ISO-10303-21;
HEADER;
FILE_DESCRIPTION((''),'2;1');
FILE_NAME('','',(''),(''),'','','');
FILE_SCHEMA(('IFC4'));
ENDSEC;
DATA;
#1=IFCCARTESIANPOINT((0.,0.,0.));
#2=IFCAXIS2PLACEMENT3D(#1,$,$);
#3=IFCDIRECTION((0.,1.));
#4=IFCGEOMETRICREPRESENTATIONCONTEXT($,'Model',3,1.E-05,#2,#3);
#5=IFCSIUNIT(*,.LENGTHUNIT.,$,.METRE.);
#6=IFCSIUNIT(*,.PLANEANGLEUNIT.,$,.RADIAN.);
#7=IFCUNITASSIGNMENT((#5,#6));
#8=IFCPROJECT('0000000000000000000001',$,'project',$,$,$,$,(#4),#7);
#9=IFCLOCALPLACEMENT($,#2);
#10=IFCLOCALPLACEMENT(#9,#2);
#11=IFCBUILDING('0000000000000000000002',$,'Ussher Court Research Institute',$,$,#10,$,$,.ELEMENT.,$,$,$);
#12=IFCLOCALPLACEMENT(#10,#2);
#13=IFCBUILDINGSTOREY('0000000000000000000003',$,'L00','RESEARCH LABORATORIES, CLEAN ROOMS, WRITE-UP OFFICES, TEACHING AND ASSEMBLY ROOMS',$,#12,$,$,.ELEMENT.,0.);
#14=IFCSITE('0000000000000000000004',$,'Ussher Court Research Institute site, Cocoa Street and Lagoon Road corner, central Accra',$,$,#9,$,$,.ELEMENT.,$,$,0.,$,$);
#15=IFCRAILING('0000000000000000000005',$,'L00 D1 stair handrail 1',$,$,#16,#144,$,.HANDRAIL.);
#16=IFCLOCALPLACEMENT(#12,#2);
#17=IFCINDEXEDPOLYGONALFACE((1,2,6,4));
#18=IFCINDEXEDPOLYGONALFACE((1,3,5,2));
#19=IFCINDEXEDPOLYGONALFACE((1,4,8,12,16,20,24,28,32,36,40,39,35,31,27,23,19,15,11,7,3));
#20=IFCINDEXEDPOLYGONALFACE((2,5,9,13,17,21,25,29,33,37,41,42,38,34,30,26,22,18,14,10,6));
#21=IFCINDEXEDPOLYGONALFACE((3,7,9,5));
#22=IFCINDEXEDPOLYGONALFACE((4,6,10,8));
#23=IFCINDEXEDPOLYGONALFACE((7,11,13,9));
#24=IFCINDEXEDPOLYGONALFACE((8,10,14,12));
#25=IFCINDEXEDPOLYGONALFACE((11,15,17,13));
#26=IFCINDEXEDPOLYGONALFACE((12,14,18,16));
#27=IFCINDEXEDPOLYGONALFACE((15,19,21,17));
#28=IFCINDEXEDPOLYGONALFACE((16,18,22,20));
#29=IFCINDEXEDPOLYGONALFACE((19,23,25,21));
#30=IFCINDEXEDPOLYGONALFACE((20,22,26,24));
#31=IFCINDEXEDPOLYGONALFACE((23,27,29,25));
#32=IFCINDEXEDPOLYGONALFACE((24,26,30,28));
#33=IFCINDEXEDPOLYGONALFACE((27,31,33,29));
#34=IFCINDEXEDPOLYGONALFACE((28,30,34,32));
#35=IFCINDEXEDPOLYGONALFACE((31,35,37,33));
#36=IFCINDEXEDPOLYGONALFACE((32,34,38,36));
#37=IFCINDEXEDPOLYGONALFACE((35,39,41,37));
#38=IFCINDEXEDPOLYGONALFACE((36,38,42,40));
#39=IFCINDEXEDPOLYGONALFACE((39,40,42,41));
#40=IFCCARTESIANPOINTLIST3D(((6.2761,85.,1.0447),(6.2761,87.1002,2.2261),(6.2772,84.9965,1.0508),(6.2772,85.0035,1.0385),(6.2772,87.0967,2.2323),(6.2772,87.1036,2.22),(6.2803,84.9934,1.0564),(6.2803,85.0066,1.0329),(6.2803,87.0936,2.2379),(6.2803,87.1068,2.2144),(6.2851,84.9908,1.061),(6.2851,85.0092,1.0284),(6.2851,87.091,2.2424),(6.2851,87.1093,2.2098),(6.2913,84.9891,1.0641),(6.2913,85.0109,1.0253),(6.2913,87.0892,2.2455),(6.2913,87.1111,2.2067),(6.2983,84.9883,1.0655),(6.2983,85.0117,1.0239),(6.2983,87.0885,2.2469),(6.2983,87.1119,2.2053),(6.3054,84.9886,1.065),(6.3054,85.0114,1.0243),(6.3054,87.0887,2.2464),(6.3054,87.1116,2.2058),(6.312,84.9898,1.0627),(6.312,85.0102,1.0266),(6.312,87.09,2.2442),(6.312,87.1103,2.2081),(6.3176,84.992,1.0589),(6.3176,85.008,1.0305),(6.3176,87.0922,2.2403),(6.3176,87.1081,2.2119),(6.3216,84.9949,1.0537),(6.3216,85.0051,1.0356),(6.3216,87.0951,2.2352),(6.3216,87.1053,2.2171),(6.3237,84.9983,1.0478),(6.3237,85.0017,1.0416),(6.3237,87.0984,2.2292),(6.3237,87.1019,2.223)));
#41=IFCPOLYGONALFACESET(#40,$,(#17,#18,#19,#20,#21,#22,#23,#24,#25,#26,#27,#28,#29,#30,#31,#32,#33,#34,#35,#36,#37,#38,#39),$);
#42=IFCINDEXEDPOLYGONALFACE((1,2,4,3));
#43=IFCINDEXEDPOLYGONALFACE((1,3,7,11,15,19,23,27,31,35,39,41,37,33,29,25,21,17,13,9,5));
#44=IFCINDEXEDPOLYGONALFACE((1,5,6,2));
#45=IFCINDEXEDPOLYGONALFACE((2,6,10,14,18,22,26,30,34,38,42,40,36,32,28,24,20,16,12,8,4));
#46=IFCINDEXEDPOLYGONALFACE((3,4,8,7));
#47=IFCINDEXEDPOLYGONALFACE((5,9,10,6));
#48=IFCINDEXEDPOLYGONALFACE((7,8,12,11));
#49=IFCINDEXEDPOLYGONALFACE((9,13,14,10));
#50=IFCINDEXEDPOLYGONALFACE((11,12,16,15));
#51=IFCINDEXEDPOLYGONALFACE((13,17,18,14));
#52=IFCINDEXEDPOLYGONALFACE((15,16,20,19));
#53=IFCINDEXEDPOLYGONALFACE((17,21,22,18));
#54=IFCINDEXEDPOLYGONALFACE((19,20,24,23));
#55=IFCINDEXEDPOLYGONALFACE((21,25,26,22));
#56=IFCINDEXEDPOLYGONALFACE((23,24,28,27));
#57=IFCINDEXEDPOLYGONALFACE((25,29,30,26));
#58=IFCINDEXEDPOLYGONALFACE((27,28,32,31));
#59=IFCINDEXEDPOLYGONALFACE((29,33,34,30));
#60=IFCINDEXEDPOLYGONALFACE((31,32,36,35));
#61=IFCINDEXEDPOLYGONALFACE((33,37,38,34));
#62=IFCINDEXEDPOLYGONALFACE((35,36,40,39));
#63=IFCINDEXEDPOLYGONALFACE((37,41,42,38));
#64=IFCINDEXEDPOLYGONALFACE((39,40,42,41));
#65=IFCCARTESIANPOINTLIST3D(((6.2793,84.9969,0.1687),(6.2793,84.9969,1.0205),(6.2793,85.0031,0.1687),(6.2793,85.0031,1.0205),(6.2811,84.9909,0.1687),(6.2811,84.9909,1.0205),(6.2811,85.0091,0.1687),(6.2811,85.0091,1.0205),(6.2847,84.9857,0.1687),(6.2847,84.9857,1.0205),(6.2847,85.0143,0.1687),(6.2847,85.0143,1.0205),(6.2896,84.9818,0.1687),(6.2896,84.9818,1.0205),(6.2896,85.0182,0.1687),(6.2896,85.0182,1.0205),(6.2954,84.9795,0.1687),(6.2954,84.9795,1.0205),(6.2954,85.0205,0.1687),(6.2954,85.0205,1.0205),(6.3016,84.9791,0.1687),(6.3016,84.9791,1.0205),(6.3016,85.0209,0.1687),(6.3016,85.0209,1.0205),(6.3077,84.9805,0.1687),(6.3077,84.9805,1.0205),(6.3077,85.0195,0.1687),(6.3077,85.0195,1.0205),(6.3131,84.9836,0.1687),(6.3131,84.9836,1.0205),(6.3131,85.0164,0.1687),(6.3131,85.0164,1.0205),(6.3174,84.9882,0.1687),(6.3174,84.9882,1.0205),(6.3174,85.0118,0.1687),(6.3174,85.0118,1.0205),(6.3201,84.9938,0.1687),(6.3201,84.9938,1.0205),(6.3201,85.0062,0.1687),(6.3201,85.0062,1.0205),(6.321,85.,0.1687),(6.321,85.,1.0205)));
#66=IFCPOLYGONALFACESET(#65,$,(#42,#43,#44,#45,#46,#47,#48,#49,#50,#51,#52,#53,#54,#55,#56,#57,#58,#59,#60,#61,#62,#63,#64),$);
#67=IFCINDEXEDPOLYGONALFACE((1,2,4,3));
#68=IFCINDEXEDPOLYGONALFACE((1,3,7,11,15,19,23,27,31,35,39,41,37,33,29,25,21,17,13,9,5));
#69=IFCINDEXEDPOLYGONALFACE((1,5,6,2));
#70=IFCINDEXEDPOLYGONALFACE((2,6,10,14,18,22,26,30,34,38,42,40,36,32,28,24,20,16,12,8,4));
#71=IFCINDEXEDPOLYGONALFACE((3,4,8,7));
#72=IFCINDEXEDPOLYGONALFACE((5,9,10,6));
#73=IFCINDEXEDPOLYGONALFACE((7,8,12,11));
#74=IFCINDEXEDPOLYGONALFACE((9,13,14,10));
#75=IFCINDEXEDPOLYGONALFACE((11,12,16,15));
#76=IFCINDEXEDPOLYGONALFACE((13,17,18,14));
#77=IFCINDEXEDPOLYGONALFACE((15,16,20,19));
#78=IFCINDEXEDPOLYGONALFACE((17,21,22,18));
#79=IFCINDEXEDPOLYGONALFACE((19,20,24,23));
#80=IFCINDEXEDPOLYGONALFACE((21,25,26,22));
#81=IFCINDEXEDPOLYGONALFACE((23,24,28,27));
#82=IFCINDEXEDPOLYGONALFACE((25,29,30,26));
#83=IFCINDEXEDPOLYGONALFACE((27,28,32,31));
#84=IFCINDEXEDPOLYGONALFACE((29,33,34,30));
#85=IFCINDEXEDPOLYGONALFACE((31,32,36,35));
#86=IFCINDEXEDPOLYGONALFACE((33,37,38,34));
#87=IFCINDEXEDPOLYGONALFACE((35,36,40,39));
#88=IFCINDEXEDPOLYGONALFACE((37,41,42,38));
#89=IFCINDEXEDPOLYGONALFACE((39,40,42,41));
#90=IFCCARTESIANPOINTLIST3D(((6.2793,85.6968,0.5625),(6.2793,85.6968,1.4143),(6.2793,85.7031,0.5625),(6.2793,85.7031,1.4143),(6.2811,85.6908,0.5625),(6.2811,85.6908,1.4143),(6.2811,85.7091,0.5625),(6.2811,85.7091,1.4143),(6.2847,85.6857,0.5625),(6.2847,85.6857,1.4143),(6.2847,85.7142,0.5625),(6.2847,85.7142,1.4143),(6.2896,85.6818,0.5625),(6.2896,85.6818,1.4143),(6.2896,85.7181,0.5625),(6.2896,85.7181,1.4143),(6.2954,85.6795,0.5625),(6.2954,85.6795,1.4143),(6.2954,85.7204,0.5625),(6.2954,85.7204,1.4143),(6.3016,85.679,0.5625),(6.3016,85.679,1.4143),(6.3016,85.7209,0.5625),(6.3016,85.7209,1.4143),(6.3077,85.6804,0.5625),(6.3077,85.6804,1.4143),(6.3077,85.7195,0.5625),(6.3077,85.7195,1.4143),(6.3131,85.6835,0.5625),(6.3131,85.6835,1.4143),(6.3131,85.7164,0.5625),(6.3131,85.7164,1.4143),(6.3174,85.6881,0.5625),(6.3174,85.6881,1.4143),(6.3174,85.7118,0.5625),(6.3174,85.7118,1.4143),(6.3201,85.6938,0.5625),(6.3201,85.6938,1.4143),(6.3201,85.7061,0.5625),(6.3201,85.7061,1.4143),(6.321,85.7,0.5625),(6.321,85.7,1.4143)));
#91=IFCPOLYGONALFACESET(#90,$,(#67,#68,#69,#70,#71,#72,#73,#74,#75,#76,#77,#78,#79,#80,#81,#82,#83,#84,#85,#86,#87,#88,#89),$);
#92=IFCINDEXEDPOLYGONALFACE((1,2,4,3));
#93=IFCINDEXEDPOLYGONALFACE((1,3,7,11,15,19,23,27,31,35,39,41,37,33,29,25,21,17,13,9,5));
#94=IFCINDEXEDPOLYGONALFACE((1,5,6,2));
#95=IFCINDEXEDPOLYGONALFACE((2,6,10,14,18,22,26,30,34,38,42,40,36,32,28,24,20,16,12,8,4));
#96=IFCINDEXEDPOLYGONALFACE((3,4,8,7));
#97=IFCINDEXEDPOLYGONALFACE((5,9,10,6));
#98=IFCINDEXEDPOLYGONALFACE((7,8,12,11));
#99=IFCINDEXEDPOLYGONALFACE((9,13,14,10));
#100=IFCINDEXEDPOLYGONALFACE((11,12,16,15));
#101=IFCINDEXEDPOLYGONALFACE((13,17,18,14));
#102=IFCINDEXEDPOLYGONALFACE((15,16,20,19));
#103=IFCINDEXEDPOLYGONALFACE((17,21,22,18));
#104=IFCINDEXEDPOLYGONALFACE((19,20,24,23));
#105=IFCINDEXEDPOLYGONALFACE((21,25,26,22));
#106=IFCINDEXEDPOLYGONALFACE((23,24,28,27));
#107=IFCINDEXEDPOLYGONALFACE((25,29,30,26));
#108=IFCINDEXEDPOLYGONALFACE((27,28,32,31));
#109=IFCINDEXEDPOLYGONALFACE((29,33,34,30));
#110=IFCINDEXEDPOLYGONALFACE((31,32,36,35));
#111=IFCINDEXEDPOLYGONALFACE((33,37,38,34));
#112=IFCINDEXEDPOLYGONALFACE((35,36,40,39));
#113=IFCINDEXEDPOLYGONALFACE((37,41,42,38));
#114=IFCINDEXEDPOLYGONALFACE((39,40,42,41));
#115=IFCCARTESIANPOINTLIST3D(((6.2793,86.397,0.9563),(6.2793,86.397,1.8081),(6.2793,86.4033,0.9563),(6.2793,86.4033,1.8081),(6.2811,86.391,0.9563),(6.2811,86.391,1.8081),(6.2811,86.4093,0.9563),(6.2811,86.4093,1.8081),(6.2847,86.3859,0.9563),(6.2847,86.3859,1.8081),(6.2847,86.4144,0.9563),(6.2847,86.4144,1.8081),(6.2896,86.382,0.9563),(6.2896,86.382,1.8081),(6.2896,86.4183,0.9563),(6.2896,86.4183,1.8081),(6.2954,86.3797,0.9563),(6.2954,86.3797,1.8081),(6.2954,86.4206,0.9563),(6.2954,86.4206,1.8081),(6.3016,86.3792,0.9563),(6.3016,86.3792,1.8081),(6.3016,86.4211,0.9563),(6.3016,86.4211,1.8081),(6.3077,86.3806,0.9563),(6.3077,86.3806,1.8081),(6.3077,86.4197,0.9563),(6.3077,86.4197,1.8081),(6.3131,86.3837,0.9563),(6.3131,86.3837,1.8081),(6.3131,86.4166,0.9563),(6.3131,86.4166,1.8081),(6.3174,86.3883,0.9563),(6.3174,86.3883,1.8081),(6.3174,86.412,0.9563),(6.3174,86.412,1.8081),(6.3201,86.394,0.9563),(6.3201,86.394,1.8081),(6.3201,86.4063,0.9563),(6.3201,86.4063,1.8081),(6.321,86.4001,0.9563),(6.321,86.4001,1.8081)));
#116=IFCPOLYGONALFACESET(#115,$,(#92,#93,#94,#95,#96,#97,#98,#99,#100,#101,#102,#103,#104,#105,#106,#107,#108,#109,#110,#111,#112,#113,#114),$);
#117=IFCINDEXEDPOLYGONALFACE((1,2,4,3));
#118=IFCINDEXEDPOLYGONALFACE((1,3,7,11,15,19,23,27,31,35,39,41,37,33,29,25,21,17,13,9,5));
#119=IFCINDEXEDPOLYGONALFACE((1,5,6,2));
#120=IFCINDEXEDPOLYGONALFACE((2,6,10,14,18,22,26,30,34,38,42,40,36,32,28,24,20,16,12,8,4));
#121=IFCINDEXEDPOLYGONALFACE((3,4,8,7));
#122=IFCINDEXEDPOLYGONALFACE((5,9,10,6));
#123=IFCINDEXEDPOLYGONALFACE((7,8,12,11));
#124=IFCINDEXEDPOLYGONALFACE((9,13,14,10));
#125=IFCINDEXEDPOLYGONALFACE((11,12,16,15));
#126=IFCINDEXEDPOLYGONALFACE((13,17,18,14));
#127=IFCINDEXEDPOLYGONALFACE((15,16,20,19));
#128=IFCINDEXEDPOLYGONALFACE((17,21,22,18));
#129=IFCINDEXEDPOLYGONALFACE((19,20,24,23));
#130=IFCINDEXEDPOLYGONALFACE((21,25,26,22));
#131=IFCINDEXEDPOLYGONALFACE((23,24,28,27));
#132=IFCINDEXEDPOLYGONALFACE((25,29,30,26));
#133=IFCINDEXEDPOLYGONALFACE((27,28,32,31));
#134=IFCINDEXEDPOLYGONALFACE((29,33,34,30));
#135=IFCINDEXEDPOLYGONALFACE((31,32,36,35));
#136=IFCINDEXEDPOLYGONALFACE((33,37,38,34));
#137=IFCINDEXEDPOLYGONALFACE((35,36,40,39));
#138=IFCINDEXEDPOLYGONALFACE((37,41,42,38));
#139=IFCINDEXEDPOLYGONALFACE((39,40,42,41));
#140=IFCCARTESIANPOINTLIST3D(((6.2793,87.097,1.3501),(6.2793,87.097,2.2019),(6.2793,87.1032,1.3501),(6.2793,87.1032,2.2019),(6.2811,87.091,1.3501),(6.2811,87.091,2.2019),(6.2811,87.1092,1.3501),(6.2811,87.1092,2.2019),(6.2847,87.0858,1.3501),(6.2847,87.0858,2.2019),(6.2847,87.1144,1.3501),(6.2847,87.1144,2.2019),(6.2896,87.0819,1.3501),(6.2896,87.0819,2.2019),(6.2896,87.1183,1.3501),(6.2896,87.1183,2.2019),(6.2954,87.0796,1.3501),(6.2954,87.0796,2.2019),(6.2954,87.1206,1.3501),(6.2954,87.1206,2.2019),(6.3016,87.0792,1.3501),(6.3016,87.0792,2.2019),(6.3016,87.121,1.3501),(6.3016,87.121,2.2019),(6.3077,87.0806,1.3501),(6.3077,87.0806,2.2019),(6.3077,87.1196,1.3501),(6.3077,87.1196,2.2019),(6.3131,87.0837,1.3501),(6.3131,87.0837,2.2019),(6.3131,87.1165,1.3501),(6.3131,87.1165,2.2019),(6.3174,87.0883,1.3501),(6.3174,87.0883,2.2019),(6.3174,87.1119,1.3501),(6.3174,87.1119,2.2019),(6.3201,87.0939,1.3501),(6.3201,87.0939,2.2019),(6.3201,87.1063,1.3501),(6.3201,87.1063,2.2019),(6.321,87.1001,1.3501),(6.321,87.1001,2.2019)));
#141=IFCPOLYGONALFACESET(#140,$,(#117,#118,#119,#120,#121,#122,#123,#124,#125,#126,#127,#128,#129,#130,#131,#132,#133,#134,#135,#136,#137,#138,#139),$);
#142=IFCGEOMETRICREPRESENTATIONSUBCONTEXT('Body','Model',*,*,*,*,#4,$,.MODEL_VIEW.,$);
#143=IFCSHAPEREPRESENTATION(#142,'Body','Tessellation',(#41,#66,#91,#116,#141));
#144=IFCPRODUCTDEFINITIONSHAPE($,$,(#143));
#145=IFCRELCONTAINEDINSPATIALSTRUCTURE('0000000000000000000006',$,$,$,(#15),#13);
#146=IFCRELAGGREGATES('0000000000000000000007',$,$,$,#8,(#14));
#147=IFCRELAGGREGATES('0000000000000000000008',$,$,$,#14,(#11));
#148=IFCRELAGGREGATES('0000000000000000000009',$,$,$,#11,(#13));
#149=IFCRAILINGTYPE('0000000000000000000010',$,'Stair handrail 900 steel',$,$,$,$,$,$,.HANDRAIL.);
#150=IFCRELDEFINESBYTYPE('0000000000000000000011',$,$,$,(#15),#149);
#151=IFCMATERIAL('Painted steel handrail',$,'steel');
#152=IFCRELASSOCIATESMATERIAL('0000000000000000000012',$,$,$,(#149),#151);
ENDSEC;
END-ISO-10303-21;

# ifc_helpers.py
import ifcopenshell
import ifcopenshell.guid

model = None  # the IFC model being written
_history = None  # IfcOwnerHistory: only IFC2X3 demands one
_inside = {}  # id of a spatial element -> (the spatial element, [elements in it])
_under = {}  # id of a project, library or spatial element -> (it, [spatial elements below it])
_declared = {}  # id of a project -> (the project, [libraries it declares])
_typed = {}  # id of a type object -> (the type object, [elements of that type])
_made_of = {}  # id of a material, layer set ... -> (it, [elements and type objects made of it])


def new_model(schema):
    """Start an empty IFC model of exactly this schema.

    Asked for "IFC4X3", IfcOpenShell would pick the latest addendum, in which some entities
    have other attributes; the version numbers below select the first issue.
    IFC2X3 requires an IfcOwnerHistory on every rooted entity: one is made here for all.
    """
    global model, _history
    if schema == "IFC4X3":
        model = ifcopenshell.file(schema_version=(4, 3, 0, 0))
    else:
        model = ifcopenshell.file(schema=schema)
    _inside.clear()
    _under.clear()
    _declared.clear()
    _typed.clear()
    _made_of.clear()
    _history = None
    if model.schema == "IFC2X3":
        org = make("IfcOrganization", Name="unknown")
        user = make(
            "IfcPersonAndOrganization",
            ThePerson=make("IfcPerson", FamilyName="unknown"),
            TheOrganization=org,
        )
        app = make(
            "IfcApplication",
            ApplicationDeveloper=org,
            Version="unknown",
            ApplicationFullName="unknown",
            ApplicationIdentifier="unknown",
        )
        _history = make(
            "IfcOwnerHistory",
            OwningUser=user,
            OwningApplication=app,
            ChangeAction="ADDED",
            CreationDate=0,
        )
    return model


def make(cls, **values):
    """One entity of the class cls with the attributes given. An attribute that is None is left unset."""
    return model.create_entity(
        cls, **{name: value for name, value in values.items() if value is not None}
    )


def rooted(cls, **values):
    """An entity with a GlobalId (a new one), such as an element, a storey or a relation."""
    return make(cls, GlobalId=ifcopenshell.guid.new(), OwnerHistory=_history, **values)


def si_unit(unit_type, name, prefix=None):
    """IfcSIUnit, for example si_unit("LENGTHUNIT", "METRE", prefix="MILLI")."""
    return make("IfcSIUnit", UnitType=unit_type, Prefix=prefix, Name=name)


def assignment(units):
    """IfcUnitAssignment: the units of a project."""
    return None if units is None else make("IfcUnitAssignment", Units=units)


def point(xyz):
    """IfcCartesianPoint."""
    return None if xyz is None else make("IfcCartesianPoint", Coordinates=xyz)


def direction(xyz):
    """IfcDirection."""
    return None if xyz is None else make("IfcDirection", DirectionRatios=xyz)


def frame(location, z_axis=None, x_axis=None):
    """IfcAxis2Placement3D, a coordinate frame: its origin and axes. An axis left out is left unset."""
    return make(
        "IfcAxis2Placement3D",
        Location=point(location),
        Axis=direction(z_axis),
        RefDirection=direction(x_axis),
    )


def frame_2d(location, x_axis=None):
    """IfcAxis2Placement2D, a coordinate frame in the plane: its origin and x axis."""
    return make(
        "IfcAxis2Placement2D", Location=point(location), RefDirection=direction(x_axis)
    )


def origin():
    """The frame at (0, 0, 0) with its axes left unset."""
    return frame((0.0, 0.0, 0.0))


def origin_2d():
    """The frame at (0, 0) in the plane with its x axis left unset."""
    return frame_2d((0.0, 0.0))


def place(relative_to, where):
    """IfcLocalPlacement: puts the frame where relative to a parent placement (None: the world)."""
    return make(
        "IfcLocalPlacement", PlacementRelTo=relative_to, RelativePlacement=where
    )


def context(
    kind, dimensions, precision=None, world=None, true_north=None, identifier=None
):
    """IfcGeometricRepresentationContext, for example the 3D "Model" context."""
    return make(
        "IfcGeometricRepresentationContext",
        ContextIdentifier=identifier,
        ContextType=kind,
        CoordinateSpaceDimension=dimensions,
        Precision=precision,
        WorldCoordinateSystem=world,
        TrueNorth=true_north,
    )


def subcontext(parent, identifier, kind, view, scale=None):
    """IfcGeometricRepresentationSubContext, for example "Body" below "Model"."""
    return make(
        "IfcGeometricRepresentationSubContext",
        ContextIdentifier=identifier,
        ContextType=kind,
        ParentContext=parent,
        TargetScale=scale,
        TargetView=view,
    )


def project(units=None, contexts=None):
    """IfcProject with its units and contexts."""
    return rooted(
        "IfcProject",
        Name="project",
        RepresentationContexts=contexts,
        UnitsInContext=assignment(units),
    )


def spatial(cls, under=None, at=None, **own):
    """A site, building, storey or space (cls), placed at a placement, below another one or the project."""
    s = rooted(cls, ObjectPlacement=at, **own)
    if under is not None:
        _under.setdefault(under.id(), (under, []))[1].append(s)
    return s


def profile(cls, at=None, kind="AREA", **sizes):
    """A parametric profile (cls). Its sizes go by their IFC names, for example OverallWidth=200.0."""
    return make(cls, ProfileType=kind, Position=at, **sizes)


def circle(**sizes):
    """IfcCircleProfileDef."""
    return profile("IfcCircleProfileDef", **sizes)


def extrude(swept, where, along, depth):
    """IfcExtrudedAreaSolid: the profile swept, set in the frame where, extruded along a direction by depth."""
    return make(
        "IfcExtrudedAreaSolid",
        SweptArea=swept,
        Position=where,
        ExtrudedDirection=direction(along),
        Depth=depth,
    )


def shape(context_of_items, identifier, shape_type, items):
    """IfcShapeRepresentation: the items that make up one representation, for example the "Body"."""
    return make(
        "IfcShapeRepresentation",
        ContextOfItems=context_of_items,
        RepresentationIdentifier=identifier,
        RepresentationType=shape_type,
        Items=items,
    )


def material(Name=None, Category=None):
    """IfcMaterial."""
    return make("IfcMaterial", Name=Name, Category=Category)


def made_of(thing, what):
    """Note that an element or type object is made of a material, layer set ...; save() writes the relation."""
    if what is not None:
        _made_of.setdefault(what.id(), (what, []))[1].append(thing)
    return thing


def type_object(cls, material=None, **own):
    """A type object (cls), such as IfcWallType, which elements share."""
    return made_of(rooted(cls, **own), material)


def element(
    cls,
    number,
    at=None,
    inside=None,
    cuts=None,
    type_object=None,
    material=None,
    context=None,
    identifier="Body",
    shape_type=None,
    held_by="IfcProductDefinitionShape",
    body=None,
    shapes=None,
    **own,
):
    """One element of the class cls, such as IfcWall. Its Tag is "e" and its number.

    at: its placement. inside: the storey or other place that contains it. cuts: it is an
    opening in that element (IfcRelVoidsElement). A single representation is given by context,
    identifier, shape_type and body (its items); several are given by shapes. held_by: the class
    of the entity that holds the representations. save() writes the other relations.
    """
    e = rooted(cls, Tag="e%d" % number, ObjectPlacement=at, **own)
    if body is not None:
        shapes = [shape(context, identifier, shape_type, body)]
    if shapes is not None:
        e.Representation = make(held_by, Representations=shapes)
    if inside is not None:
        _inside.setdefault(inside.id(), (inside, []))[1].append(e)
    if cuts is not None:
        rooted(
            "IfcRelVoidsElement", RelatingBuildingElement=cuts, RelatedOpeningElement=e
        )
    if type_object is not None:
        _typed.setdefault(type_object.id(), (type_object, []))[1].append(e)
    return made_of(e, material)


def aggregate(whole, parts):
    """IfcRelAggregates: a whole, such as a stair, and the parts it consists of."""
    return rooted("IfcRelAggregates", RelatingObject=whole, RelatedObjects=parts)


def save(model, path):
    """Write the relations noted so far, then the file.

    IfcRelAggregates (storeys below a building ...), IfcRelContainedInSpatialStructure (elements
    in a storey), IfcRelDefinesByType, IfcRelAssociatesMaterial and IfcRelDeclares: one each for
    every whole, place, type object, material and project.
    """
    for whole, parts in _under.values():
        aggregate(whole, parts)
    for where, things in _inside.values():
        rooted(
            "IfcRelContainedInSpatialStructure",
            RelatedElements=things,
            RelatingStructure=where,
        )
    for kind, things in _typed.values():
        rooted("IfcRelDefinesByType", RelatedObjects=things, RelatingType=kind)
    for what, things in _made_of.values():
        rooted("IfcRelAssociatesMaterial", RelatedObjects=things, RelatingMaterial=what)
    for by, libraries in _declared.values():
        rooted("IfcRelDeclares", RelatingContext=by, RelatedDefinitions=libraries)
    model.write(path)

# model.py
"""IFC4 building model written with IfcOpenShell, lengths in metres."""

from ifc_helpers import new_model, si_unit, direction, frame, origin, origin_2d, place, context, subcontext, project, spatial, circle, extrude, material, type_object, element, save


model = new_model("IFC4")

# Units and contexts
model_context = context("Model", 3, precision=1e-05, world=origin(), true_north=direction((0.0, 1.0)))
body_context = subcontext(model_context, "Body", "Model", "MODEL_VIEW")
ifc_project = project(units=[si_unit("LENGTHUNIT", "METRE"), si_unit("PLANEANGLEUNIT", "RADIAN")], contexts=[model_context])

# Site, building, storey
site_placement = place(None, origin())
site = spatial("IfcSite", under=ifc_project, at=site_placement, Name="Ussher Court Research Institute site, Cocoa Street and Lagoon Road corner, central Accra", CompositionType="ELEMENT", RefElevation=0.0)
building_placement = place(site_placement, origin())
building = spatial("IfcBuilding", under=site, at=building_placement, Name="Ussher Court Research Institute", CompositionType="ELEMENT")
storey_placement = place(building_placement, origin())
storey = spatial("IfcBuildingStorey", under=building, at=storey_placement, Name="L00", Description="RESEARCH LABORATORIES, CLEAN ROOMS, WRITE-UP OFFICES, TEACHING AND ASSEMBLY ROOMS", CompositionType="ELEMENT", Elevation=0.0)

# Railing
ifc_material_1 = material(Name="Painted steel handrail", Category="steel")
railing_type_1 = type_object("IfcRailingType", Name="Stair handrail 900 steel", PredefinedType="HANDRAIL", material=ifc_material_1)
railing_1_placement = place(storey_placement, frame((6.3, 85.0, 0.1687)))
element("IfcRailing", 1, at=railing_1_placement, inside=storey, type_object=railing_type_1, Name="L00 D1 stair handrail 1", PredefinedType="HANDRAIL", context=body_context, shape_type="SweptSolid", body=[
    extrude(circle(Radius=0.0239, at=origin_2d()), frame((0.0, 0.0, 0.876), z_axis=(0.0, 0.871559, 0.49029), x_axis=(-1.0, 0.0, 0.0)), (0.0, 0.0, 1.0), 2.4097),
    extrude(circle(Radius=0.021, at=origin_2d()), origin(), (0.0, 0.0, 1.0), 0.8518),
    extrude(circle(Radius=0.021, at=origin_2d()), frame((0.0, 0.7, 0.3938)), (0.0, 0.0, 1.0), 0.8518),
    extrude(circle(Radius=0.021, at=origin_2d()), frame((0.0, 1.4001, 0.7876)), (0.0, 0.0, 1.0), 0.8518),
    extrude(circle(Radius=0.021, at=origin_2d()), frame((0.0, 2.1001, 1.1814)), (0.0, 0.0, 1.0), 0.8518),
])

save(model, "model.ifc")
